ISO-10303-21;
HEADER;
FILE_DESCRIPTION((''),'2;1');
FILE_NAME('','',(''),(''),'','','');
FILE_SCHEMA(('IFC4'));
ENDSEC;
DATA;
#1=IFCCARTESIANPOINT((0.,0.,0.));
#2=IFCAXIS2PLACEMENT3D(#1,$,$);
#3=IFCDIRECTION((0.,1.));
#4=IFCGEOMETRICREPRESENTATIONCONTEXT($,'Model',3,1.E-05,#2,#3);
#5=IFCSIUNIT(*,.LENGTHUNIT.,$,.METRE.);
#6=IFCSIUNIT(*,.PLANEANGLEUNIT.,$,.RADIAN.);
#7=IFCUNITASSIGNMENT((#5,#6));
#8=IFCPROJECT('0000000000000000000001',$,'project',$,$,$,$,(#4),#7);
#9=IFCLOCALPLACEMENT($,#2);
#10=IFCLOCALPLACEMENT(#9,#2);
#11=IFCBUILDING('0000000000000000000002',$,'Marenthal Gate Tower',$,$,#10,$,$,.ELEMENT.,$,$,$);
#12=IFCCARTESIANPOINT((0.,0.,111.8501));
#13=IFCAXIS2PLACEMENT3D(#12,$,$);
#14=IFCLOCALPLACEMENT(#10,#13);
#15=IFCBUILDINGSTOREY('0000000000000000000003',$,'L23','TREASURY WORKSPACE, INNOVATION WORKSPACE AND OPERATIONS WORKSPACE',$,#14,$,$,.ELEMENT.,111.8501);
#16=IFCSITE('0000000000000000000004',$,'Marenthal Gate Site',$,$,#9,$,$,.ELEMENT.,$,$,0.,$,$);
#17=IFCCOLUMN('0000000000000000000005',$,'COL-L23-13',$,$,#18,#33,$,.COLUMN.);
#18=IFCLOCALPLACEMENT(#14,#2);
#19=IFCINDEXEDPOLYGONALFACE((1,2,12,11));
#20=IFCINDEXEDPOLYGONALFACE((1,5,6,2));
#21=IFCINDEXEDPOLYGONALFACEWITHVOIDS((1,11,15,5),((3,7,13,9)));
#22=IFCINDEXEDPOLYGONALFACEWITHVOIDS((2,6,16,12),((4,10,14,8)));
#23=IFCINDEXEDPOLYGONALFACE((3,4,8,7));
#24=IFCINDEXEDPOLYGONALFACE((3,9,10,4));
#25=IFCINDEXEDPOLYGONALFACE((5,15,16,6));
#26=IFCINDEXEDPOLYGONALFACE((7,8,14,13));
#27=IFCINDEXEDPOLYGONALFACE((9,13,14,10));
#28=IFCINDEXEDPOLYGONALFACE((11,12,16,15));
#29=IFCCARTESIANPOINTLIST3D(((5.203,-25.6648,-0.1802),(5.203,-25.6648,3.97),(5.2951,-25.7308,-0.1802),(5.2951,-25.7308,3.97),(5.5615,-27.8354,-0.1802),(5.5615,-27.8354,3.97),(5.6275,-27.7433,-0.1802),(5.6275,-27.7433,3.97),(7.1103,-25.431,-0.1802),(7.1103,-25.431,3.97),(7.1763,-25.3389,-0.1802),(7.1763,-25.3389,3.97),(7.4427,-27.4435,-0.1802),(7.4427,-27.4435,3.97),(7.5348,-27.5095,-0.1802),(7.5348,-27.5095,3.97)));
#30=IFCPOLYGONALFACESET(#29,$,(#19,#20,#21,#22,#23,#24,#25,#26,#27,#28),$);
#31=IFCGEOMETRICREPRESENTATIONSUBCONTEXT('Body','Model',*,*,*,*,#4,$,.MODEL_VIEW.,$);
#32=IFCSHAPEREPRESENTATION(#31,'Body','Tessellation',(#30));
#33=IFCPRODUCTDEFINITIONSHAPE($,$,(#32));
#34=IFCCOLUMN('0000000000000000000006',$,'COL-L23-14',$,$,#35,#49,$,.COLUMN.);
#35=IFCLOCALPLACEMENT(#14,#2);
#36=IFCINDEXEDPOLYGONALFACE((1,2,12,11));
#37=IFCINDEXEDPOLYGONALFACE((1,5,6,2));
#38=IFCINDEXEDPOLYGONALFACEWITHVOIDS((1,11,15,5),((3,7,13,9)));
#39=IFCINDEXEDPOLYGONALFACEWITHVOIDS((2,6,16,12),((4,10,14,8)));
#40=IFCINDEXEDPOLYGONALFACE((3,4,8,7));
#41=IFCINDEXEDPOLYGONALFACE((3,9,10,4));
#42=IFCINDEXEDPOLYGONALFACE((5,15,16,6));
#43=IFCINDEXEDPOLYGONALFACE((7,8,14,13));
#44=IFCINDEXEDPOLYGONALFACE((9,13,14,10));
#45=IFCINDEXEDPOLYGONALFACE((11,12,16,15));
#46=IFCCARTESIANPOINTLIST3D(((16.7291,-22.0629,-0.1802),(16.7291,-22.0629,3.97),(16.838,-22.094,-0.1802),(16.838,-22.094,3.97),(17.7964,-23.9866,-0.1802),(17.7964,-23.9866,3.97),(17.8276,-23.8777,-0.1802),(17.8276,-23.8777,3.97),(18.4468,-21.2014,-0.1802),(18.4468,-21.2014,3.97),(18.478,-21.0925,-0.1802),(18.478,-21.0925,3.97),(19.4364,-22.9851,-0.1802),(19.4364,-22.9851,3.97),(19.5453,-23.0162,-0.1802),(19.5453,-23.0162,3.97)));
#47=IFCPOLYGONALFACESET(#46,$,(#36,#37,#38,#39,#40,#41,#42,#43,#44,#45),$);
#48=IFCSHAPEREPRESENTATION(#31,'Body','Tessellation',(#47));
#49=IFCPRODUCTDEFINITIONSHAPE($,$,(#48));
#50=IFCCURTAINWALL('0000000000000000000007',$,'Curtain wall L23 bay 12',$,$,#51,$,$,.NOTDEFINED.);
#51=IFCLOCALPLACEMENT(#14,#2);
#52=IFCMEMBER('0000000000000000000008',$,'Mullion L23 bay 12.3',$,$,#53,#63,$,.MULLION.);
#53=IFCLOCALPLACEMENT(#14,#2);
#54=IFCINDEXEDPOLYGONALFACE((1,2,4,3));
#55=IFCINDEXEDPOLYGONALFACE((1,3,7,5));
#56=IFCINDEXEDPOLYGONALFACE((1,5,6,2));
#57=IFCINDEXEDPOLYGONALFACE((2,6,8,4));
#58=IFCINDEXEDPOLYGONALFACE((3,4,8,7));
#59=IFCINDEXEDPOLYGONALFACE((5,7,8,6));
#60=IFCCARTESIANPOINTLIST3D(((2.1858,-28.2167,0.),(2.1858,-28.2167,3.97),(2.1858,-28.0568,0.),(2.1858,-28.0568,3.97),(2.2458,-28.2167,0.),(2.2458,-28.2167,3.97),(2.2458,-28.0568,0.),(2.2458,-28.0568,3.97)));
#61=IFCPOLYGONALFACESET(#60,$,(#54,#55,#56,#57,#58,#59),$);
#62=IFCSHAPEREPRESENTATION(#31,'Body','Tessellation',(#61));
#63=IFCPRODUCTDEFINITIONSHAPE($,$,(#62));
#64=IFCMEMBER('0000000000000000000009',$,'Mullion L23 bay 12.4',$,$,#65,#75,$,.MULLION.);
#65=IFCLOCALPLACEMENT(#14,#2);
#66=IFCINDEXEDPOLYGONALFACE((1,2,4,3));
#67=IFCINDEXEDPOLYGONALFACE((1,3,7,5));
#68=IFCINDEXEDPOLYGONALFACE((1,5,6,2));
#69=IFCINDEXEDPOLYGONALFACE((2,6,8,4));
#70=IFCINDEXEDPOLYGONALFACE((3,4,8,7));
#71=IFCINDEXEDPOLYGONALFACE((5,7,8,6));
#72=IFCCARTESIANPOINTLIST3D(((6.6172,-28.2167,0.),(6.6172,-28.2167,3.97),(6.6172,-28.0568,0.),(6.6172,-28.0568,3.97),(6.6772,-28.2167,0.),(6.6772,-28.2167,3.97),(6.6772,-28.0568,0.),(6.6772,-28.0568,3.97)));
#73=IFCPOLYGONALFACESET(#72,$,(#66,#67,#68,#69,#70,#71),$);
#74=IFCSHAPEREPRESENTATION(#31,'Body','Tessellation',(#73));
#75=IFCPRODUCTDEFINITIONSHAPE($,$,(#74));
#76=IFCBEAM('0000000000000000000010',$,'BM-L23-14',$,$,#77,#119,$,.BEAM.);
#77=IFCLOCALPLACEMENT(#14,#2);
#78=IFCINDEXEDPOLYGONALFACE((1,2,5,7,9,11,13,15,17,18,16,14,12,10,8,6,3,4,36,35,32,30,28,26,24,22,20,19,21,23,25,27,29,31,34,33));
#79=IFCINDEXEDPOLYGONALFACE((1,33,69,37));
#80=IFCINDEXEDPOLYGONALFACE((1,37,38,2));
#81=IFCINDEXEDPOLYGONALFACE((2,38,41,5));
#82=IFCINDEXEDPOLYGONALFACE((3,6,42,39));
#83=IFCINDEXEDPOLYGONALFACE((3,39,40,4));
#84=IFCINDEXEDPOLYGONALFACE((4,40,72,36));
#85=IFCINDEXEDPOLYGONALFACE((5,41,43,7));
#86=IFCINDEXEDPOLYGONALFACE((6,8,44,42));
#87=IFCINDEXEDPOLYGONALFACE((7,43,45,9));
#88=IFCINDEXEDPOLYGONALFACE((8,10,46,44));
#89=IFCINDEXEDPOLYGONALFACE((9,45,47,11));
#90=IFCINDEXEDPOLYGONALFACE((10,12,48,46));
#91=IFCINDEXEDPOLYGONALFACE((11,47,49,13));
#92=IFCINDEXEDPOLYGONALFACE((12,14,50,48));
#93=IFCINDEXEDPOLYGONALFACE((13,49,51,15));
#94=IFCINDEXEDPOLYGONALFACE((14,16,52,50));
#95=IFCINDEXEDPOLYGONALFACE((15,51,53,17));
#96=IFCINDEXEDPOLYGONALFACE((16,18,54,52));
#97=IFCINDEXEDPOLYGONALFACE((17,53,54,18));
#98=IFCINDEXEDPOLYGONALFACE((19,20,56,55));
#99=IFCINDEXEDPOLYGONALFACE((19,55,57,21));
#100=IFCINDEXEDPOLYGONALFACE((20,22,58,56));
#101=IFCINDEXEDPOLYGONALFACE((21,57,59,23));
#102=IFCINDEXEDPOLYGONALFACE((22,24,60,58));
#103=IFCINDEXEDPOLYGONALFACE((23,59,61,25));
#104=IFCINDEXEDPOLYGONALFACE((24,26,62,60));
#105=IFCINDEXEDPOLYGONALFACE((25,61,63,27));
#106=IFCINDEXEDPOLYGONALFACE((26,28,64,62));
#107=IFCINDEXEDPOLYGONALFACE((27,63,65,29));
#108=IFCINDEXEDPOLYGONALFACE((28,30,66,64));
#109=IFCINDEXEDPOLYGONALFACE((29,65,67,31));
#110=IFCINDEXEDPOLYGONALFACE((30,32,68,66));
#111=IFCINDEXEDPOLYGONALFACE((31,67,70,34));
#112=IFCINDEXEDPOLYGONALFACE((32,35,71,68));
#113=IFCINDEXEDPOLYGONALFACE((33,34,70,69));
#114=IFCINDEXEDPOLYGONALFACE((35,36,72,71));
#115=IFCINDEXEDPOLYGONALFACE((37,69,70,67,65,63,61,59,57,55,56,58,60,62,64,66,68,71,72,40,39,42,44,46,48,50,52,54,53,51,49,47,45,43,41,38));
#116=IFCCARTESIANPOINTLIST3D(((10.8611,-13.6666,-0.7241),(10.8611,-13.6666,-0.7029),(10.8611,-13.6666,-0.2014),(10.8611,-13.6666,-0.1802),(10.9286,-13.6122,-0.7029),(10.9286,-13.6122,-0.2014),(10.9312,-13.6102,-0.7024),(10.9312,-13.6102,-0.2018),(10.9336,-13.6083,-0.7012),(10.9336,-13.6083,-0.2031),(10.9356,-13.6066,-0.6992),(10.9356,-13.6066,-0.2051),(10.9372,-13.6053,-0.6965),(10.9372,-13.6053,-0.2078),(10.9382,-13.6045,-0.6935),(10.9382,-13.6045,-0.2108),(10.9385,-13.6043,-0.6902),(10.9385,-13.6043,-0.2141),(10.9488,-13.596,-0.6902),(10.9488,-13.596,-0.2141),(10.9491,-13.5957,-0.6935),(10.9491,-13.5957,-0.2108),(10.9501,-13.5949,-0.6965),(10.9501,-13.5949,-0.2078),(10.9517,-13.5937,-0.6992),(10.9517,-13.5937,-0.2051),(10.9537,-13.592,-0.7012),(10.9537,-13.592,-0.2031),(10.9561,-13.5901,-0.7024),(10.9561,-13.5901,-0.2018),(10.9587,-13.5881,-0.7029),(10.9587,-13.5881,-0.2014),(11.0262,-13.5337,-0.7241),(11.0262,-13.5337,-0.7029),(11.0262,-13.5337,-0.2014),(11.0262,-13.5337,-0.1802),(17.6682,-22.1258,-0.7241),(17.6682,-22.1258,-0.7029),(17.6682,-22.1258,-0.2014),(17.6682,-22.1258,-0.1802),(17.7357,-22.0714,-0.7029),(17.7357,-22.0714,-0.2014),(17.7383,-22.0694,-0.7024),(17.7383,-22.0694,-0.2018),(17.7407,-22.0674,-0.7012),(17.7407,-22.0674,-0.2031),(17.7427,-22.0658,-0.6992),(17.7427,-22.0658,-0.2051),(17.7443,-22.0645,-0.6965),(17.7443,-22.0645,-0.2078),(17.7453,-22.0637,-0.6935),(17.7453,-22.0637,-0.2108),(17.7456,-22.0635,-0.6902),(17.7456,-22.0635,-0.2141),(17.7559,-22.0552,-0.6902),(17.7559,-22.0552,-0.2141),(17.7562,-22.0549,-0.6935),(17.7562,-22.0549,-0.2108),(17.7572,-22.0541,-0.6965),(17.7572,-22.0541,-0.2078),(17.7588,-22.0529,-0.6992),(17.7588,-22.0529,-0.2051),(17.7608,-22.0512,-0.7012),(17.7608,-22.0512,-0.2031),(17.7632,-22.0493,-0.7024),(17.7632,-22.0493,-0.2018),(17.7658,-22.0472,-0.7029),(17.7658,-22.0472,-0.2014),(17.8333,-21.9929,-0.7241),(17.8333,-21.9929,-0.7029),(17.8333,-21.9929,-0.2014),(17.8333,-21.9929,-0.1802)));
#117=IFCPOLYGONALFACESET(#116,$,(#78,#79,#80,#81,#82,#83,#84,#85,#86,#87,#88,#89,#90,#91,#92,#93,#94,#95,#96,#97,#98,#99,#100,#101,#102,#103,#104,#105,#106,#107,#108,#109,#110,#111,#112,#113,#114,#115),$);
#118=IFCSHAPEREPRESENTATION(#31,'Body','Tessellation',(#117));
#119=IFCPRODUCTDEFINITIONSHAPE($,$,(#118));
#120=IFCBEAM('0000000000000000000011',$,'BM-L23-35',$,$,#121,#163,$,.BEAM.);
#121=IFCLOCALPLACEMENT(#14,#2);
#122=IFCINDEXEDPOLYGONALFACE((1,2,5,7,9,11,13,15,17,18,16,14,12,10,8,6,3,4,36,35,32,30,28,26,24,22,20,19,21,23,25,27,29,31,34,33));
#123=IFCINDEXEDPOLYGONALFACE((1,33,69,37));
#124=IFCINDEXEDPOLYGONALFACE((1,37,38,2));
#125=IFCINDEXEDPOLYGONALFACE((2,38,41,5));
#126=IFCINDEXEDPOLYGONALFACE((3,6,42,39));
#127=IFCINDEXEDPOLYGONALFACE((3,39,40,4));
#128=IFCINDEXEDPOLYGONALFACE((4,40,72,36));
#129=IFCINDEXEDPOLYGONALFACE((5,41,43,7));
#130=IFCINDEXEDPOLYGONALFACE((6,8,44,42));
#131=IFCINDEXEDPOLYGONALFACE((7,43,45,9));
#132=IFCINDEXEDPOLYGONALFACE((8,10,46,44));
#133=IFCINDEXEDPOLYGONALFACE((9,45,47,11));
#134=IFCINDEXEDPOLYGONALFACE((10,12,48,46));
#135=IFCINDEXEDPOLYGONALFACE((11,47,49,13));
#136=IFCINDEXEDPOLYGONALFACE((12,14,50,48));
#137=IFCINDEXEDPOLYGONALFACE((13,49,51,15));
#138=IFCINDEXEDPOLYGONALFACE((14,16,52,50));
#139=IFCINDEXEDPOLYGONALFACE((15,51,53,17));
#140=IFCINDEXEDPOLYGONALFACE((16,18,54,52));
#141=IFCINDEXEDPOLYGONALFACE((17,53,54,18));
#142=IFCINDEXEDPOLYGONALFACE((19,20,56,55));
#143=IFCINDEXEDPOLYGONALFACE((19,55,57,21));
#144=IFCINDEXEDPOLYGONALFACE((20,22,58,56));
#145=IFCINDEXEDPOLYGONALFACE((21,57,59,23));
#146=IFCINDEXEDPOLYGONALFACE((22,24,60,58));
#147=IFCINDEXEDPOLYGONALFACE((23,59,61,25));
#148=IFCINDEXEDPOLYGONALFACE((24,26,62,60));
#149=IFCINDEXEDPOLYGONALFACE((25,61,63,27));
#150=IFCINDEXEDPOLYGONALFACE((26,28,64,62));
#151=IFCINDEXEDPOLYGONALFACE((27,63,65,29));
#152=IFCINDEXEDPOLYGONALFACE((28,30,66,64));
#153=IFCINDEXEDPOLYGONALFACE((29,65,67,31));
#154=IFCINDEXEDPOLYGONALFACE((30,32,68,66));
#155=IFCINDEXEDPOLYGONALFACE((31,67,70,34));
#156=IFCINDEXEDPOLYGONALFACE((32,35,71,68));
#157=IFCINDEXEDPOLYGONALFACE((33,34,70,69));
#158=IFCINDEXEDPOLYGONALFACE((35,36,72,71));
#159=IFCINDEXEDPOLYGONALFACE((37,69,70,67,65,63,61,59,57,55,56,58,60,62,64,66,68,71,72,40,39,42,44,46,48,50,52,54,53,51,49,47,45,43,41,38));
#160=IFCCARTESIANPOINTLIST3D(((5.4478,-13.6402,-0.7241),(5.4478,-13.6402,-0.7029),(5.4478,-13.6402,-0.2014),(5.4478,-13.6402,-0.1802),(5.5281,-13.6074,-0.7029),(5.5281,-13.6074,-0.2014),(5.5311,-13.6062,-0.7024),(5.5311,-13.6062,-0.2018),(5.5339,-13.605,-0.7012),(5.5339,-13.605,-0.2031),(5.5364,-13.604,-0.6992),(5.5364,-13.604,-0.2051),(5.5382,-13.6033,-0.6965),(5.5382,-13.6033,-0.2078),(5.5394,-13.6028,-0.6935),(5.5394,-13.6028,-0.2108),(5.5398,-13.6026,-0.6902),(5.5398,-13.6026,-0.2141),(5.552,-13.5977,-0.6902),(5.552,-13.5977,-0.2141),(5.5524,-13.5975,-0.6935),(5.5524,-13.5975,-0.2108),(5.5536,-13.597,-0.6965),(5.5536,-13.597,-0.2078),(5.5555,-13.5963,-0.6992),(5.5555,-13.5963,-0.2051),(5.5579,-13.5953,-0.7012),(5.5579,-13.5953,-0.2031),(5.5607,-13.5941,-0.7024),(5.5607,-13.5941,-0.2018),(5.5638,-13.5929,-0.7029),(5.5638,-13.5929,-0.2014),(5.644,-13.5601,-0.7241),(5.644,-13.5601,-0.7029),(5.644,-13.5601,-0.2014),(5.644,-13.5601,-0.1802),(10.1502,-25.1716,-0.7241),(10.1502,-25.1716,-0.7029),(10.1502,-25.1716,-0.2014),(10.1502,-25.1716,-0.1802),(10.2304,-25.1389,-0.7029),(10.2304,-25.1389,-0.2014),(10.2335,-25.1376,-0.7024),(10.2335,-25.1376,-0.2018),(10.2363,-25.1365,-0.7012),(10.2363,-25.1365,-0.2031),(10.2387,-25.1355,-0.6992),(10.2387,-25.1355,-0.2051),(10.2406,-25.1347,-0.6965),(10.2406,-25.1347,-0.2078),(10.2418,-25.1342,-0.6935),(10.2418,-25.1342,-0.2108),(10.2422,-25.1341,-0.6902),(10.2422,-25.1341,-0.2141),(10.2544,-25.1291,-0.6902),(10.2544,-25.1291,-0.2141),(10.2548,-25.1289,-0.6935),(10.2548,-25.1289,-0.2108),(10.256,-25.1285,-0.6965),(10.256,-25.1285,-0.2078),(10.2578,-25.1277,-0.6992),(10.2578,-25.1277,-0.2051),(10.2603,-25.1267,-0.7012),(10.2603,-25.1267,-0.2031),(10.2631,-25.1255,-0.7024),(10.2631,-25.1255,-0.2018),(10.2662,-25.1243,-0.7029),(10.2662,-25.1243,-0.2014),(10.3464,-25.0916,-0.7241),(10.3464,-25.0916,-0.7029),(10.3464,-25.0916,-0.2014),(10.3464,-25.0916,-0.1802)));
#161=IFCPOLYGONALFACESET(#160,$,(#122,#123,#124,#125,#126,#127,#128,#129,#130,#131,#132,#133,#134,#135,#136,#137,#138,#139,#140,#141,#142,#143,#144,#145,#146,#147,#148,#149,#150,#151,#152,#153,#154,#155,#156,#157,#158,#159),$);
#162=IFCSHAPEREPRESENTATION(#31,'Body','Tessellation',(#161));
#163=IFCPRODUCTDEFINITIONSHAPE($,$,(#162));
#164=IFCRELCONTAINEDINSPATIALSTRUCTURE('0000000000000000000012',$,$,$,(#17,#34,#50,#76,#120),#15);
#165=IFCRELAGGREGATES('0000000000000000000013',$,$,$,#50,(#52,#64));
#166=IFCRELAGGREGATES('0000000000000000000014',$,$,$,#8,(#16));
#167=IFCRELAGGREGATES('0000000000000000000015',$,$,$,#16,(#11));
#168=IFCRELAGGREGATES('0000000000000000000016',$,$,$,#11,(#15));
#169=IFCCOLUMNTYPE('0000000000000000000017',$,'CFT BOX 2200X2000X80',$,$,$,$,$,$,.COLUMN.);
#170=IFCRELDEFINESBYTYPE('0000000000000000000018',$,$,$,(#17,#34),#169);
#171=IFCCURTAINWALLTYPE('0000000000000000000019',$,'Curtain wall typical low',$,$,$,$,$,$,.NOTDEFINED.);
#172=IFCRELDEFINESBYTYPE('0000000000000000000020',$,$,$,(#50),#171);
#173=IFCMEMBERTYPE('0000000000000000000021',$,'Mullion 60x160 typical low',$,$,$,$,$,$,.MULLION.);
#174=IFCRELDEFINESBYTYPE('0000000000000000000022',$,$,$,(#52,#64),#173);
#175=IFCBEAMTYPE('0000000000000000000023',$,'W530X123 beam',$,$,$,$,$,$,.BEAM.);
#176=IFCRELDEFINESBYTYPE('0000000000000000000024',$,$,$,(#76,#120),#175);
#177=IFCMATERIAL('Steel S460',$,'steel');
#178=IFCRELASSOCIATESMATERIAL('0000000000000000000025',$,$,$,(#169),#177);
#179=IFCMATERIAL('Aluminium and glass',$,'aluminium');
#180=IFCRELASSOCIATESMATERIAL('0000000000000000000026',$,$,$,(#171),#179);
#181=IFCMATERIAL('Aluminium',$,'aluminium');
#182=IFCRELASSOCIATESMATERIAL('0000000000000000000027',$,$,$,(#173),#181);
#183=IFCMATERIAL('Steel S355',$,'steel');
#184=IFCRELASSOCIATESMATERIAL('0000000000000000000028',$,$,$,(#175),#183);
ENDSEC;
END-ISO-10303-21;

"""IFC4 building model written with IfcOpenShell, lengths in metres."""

from ifc_helpers import new_model, si_unit, direction, frame, origin, origin_2d, place, context, subcontext, project, spatial, rectangle, hollow_rectangle, i_section, extrude, material, material_profile, profile_set, type_object, element, aggregate, save


model = new_model("IFC4")

# Units and contexts
model_context = context("Model", 3, precision=1e-05, world=origin(), true_north=direction((0.0, 1.0)))
body_context = subcontext(model_context, "Body", "Model", "MODEL_VIEW")
ifc_project = project(units=[si_unit("LENGTHUNIT", "METRE"), si_unit("PLANEANGLEUNIT", "RADIAN")], contexts=[model_context])

# Site, building, storey
site_placement = place(None, origin())
site = spatial("IfcSite", under=ifc_project, at=site_placement, Name="Marenthal Gate Site", CompositionType="ELEMENT", RefElevation=0.0)
building_placement = place(site_placement, origin())
building = spatial("IfcBuilding", under=site, at=building_placement, Name="Marenthal Gate Tower", CompositionType="ELEMENT")
storey_placement = place(building_placement, frame((0.0, 0.0, 111.8501)))
storey = spatial("IfcBuildingStorey", under=building, at=storey_placement, Name="L23", Description="TREASURY WORKSPACE, INNOVATION WORKSPACE AND OPERATIONS WORKSPACE", CompositionType="ELEMENT", Elevation=111.8501)

# Columns
ifc_material_1 = material(Name="Steel S460", Category="steel")
ifc_material_profile_1 = material_profile(ifc_material_1, hollow_rectangle(XDim=2.0, YDim=2.2, WallThickness=0.0801, at=origin_2d()), Name="CFT BOX 2200X2000X80")
ifc_material_2 = material(Name="Concrete 70 MPa", Category="concrete")
ifc_material_profile_2 = material_profile(ifc_material_2, rectangle(XDim=1.8401, YDim=2.04, at=origin_2d()), Name="CFT BOX 2200X2000X80 INFILL")
ifc_profile_set_1 = profile_set([ifc_material_profile_1, ifc_material_profile_2], Name="Steel S460 shell, Concrete 70 MPa infill")
column_type = type_object("IfcColumnType", Name="CFT BOX 2200X2000X80", PredefinedType="COLUMN", material=ifc_profile_set_1)
for number, where, z_axis, x_axis, name in (
    (1, (6.3689, -26.5872, -0.1802), (0.0, 0.0, 1.0), (-0.986633, -0.162961, 0.0), "COL-L23-13"),
    (2, (18.1372, -22.5396, -0.1802), (0.0, 0.0, 1.0), (-0.874427, -0.485158, 0.0), "COL-L23-14"),
):
    element("IfcColumn", number, at=place(storey_placement, frame(where, z_axis=z_axis, x_axis=x_axis)), inside=storey, type_object=column_type, Name=name, PredefinedType="COLUMN", context=body_context, shape_type="SweptSolid", body=[
        extrude(hollow_rectangle(XDim=2.0, YDim=2.2, WallThickness=0.0801, at=origin_2d()), origin(), (0.0, 0.0, 1.0), 4.1501),
    ])

# Curtain wall, members
ifc_material_3 = material(Name="Aluminium and glass", Category="aluminium")
curtain_wall_type = type_object("IfcCurtainWallType", Name="Curtain wall typical low", PredefinedType="NOTDEFINED", material=ifc_material_3)
curtain_wall_placement = place(storey_placement, origin())
curtain_wall = element("IfcCurtainWall", 3, at=curtain_wall_placement, inside=storey, type_object=curtain_wall_type, Name="Curtain wall L23 bay 12", PredefinedType="NOTDEFINED")
ifc_material_4 = material(Name="Aluminium", Category="aluminium")
ifc_material_profile_3 = material_profile(ifc_material_4, rectangle(XDim=0.1599, YDim=0.0601, at=origin_2d()), Name="60x160 aluminium mullion")
ifc_profile_set_2 = profile_set([ifc_material_profile_3], Name="Aluminium")
member_type = type_object("IfcMemberType", Name="Mullion 60x160 typical low", PredefinedType="MULLION", material=ifc_profile_set_2)
member_1_placement = place(storey_placement, frame((2.2158, -28.1367, 0.0), z_axis=(0.0, 0.0, 1.0), x_axis=(0.0, 1.0, 0.0)))
member_1 = element("IfcMember", 4, at=member_1_placement, type_object=member_type, Name="Mullion L23 bay 12.3", PredefinedType="MULLION", context=body_context, shape_type="SweptSolid", body=[
    extrude(rectangle(XDim=0.1599, YDim=0.0601, at=origin_2d()), origin(), (0.0, 0.0, 1.0), 3.97),
])
member_2_placement = place(storey_placement, frame((6.6472, -28.1367, 0.0), z_axis=(0.0, 0.0, 1.0), x_axis=(0.0, 1.0, 0.0)))
member_2 = element("IfcMember", 5, at=member_2_placement, type_object=member_type, Name="Mullion L23 bay 12.4", PredefinedType="MULLION", context=body_context, shape_type="SweptSolid", body=[
    extrude(rectangle(XDim=0.1599, YDim=0.0601, at=origin_2d()), origin(), (0.0, 0.0, 1.0), 3.97),
])

# Beams
ifc_material_5 = material(Name="Steel S355", Category="steel")
ifc_material_profile_4 = material_profile(ifc_material_5, i_section(OverallWidth=0.2119, OverallDepth=0.5439, WebThickness=0.0132, FlangeThickness=0.0212, FilletRadius=0.0127, at=origin_2d()), Name="W530X123")
ifc_profile_set_3 = profile_set([ifc_material_profile_4], Name="Steel S355")
beam_type_1 = type_object("IfcBeamType", Name="W530X123 beam", PredefinedType="BEAM", material=ifc_profile_set_3)
beam_1_placement = place(storey_placement, frame((17.7507, -22.0593, -0.4521), z_axis=(-0.626925, 0.77908, 0.0), x_axis=(-0.77908, -0.626925, 0.0)))
element("IfcBeam", 6, at=beam_1_placement, inside=storey, type_object=beam_type_1, Name="BM-L23-14", PredefinedType="BEAM", context=body_context, shape_type="SweptSolid", body=[
    extrude(i_section(OverallWidth=0.2119, OverallDepth=0.5439, WebThickness=0.0132, FlangeThickness=0.0212, FilletRadius=0.0127, at=origin_2d()), origin(), (0.0, 0.0, 1.0), 10.8579),
])
beam_2_placement = place(storey_placement, frame((10.2483, -25.1316, -0.4521), z_axis=(-0.377598, 0.92597, 0.0), x_axis=(-0.92597, -0.377598, 0.0)))
element("IfcBeam", 7, at=beam_2_placement, inside=storey, type_object=beam_type_1, Name="BM-L23-35", PredefinedType="BEAM", context=body_context, shape_type="SweptSolid", body=[
    extrude(i_section(OverallWidth=0.2119, OverallDepth=0.5439, WebThickness=0.0132, FlangeThickness=0.0212, FilletRadius=0.0127, at=origin_2d()), origin(), (0.0, 0.0, 1.0), 12.4534),
])

aggregate(curtain_wall, [member_1, member_2])

save(model, "model.ifc")
